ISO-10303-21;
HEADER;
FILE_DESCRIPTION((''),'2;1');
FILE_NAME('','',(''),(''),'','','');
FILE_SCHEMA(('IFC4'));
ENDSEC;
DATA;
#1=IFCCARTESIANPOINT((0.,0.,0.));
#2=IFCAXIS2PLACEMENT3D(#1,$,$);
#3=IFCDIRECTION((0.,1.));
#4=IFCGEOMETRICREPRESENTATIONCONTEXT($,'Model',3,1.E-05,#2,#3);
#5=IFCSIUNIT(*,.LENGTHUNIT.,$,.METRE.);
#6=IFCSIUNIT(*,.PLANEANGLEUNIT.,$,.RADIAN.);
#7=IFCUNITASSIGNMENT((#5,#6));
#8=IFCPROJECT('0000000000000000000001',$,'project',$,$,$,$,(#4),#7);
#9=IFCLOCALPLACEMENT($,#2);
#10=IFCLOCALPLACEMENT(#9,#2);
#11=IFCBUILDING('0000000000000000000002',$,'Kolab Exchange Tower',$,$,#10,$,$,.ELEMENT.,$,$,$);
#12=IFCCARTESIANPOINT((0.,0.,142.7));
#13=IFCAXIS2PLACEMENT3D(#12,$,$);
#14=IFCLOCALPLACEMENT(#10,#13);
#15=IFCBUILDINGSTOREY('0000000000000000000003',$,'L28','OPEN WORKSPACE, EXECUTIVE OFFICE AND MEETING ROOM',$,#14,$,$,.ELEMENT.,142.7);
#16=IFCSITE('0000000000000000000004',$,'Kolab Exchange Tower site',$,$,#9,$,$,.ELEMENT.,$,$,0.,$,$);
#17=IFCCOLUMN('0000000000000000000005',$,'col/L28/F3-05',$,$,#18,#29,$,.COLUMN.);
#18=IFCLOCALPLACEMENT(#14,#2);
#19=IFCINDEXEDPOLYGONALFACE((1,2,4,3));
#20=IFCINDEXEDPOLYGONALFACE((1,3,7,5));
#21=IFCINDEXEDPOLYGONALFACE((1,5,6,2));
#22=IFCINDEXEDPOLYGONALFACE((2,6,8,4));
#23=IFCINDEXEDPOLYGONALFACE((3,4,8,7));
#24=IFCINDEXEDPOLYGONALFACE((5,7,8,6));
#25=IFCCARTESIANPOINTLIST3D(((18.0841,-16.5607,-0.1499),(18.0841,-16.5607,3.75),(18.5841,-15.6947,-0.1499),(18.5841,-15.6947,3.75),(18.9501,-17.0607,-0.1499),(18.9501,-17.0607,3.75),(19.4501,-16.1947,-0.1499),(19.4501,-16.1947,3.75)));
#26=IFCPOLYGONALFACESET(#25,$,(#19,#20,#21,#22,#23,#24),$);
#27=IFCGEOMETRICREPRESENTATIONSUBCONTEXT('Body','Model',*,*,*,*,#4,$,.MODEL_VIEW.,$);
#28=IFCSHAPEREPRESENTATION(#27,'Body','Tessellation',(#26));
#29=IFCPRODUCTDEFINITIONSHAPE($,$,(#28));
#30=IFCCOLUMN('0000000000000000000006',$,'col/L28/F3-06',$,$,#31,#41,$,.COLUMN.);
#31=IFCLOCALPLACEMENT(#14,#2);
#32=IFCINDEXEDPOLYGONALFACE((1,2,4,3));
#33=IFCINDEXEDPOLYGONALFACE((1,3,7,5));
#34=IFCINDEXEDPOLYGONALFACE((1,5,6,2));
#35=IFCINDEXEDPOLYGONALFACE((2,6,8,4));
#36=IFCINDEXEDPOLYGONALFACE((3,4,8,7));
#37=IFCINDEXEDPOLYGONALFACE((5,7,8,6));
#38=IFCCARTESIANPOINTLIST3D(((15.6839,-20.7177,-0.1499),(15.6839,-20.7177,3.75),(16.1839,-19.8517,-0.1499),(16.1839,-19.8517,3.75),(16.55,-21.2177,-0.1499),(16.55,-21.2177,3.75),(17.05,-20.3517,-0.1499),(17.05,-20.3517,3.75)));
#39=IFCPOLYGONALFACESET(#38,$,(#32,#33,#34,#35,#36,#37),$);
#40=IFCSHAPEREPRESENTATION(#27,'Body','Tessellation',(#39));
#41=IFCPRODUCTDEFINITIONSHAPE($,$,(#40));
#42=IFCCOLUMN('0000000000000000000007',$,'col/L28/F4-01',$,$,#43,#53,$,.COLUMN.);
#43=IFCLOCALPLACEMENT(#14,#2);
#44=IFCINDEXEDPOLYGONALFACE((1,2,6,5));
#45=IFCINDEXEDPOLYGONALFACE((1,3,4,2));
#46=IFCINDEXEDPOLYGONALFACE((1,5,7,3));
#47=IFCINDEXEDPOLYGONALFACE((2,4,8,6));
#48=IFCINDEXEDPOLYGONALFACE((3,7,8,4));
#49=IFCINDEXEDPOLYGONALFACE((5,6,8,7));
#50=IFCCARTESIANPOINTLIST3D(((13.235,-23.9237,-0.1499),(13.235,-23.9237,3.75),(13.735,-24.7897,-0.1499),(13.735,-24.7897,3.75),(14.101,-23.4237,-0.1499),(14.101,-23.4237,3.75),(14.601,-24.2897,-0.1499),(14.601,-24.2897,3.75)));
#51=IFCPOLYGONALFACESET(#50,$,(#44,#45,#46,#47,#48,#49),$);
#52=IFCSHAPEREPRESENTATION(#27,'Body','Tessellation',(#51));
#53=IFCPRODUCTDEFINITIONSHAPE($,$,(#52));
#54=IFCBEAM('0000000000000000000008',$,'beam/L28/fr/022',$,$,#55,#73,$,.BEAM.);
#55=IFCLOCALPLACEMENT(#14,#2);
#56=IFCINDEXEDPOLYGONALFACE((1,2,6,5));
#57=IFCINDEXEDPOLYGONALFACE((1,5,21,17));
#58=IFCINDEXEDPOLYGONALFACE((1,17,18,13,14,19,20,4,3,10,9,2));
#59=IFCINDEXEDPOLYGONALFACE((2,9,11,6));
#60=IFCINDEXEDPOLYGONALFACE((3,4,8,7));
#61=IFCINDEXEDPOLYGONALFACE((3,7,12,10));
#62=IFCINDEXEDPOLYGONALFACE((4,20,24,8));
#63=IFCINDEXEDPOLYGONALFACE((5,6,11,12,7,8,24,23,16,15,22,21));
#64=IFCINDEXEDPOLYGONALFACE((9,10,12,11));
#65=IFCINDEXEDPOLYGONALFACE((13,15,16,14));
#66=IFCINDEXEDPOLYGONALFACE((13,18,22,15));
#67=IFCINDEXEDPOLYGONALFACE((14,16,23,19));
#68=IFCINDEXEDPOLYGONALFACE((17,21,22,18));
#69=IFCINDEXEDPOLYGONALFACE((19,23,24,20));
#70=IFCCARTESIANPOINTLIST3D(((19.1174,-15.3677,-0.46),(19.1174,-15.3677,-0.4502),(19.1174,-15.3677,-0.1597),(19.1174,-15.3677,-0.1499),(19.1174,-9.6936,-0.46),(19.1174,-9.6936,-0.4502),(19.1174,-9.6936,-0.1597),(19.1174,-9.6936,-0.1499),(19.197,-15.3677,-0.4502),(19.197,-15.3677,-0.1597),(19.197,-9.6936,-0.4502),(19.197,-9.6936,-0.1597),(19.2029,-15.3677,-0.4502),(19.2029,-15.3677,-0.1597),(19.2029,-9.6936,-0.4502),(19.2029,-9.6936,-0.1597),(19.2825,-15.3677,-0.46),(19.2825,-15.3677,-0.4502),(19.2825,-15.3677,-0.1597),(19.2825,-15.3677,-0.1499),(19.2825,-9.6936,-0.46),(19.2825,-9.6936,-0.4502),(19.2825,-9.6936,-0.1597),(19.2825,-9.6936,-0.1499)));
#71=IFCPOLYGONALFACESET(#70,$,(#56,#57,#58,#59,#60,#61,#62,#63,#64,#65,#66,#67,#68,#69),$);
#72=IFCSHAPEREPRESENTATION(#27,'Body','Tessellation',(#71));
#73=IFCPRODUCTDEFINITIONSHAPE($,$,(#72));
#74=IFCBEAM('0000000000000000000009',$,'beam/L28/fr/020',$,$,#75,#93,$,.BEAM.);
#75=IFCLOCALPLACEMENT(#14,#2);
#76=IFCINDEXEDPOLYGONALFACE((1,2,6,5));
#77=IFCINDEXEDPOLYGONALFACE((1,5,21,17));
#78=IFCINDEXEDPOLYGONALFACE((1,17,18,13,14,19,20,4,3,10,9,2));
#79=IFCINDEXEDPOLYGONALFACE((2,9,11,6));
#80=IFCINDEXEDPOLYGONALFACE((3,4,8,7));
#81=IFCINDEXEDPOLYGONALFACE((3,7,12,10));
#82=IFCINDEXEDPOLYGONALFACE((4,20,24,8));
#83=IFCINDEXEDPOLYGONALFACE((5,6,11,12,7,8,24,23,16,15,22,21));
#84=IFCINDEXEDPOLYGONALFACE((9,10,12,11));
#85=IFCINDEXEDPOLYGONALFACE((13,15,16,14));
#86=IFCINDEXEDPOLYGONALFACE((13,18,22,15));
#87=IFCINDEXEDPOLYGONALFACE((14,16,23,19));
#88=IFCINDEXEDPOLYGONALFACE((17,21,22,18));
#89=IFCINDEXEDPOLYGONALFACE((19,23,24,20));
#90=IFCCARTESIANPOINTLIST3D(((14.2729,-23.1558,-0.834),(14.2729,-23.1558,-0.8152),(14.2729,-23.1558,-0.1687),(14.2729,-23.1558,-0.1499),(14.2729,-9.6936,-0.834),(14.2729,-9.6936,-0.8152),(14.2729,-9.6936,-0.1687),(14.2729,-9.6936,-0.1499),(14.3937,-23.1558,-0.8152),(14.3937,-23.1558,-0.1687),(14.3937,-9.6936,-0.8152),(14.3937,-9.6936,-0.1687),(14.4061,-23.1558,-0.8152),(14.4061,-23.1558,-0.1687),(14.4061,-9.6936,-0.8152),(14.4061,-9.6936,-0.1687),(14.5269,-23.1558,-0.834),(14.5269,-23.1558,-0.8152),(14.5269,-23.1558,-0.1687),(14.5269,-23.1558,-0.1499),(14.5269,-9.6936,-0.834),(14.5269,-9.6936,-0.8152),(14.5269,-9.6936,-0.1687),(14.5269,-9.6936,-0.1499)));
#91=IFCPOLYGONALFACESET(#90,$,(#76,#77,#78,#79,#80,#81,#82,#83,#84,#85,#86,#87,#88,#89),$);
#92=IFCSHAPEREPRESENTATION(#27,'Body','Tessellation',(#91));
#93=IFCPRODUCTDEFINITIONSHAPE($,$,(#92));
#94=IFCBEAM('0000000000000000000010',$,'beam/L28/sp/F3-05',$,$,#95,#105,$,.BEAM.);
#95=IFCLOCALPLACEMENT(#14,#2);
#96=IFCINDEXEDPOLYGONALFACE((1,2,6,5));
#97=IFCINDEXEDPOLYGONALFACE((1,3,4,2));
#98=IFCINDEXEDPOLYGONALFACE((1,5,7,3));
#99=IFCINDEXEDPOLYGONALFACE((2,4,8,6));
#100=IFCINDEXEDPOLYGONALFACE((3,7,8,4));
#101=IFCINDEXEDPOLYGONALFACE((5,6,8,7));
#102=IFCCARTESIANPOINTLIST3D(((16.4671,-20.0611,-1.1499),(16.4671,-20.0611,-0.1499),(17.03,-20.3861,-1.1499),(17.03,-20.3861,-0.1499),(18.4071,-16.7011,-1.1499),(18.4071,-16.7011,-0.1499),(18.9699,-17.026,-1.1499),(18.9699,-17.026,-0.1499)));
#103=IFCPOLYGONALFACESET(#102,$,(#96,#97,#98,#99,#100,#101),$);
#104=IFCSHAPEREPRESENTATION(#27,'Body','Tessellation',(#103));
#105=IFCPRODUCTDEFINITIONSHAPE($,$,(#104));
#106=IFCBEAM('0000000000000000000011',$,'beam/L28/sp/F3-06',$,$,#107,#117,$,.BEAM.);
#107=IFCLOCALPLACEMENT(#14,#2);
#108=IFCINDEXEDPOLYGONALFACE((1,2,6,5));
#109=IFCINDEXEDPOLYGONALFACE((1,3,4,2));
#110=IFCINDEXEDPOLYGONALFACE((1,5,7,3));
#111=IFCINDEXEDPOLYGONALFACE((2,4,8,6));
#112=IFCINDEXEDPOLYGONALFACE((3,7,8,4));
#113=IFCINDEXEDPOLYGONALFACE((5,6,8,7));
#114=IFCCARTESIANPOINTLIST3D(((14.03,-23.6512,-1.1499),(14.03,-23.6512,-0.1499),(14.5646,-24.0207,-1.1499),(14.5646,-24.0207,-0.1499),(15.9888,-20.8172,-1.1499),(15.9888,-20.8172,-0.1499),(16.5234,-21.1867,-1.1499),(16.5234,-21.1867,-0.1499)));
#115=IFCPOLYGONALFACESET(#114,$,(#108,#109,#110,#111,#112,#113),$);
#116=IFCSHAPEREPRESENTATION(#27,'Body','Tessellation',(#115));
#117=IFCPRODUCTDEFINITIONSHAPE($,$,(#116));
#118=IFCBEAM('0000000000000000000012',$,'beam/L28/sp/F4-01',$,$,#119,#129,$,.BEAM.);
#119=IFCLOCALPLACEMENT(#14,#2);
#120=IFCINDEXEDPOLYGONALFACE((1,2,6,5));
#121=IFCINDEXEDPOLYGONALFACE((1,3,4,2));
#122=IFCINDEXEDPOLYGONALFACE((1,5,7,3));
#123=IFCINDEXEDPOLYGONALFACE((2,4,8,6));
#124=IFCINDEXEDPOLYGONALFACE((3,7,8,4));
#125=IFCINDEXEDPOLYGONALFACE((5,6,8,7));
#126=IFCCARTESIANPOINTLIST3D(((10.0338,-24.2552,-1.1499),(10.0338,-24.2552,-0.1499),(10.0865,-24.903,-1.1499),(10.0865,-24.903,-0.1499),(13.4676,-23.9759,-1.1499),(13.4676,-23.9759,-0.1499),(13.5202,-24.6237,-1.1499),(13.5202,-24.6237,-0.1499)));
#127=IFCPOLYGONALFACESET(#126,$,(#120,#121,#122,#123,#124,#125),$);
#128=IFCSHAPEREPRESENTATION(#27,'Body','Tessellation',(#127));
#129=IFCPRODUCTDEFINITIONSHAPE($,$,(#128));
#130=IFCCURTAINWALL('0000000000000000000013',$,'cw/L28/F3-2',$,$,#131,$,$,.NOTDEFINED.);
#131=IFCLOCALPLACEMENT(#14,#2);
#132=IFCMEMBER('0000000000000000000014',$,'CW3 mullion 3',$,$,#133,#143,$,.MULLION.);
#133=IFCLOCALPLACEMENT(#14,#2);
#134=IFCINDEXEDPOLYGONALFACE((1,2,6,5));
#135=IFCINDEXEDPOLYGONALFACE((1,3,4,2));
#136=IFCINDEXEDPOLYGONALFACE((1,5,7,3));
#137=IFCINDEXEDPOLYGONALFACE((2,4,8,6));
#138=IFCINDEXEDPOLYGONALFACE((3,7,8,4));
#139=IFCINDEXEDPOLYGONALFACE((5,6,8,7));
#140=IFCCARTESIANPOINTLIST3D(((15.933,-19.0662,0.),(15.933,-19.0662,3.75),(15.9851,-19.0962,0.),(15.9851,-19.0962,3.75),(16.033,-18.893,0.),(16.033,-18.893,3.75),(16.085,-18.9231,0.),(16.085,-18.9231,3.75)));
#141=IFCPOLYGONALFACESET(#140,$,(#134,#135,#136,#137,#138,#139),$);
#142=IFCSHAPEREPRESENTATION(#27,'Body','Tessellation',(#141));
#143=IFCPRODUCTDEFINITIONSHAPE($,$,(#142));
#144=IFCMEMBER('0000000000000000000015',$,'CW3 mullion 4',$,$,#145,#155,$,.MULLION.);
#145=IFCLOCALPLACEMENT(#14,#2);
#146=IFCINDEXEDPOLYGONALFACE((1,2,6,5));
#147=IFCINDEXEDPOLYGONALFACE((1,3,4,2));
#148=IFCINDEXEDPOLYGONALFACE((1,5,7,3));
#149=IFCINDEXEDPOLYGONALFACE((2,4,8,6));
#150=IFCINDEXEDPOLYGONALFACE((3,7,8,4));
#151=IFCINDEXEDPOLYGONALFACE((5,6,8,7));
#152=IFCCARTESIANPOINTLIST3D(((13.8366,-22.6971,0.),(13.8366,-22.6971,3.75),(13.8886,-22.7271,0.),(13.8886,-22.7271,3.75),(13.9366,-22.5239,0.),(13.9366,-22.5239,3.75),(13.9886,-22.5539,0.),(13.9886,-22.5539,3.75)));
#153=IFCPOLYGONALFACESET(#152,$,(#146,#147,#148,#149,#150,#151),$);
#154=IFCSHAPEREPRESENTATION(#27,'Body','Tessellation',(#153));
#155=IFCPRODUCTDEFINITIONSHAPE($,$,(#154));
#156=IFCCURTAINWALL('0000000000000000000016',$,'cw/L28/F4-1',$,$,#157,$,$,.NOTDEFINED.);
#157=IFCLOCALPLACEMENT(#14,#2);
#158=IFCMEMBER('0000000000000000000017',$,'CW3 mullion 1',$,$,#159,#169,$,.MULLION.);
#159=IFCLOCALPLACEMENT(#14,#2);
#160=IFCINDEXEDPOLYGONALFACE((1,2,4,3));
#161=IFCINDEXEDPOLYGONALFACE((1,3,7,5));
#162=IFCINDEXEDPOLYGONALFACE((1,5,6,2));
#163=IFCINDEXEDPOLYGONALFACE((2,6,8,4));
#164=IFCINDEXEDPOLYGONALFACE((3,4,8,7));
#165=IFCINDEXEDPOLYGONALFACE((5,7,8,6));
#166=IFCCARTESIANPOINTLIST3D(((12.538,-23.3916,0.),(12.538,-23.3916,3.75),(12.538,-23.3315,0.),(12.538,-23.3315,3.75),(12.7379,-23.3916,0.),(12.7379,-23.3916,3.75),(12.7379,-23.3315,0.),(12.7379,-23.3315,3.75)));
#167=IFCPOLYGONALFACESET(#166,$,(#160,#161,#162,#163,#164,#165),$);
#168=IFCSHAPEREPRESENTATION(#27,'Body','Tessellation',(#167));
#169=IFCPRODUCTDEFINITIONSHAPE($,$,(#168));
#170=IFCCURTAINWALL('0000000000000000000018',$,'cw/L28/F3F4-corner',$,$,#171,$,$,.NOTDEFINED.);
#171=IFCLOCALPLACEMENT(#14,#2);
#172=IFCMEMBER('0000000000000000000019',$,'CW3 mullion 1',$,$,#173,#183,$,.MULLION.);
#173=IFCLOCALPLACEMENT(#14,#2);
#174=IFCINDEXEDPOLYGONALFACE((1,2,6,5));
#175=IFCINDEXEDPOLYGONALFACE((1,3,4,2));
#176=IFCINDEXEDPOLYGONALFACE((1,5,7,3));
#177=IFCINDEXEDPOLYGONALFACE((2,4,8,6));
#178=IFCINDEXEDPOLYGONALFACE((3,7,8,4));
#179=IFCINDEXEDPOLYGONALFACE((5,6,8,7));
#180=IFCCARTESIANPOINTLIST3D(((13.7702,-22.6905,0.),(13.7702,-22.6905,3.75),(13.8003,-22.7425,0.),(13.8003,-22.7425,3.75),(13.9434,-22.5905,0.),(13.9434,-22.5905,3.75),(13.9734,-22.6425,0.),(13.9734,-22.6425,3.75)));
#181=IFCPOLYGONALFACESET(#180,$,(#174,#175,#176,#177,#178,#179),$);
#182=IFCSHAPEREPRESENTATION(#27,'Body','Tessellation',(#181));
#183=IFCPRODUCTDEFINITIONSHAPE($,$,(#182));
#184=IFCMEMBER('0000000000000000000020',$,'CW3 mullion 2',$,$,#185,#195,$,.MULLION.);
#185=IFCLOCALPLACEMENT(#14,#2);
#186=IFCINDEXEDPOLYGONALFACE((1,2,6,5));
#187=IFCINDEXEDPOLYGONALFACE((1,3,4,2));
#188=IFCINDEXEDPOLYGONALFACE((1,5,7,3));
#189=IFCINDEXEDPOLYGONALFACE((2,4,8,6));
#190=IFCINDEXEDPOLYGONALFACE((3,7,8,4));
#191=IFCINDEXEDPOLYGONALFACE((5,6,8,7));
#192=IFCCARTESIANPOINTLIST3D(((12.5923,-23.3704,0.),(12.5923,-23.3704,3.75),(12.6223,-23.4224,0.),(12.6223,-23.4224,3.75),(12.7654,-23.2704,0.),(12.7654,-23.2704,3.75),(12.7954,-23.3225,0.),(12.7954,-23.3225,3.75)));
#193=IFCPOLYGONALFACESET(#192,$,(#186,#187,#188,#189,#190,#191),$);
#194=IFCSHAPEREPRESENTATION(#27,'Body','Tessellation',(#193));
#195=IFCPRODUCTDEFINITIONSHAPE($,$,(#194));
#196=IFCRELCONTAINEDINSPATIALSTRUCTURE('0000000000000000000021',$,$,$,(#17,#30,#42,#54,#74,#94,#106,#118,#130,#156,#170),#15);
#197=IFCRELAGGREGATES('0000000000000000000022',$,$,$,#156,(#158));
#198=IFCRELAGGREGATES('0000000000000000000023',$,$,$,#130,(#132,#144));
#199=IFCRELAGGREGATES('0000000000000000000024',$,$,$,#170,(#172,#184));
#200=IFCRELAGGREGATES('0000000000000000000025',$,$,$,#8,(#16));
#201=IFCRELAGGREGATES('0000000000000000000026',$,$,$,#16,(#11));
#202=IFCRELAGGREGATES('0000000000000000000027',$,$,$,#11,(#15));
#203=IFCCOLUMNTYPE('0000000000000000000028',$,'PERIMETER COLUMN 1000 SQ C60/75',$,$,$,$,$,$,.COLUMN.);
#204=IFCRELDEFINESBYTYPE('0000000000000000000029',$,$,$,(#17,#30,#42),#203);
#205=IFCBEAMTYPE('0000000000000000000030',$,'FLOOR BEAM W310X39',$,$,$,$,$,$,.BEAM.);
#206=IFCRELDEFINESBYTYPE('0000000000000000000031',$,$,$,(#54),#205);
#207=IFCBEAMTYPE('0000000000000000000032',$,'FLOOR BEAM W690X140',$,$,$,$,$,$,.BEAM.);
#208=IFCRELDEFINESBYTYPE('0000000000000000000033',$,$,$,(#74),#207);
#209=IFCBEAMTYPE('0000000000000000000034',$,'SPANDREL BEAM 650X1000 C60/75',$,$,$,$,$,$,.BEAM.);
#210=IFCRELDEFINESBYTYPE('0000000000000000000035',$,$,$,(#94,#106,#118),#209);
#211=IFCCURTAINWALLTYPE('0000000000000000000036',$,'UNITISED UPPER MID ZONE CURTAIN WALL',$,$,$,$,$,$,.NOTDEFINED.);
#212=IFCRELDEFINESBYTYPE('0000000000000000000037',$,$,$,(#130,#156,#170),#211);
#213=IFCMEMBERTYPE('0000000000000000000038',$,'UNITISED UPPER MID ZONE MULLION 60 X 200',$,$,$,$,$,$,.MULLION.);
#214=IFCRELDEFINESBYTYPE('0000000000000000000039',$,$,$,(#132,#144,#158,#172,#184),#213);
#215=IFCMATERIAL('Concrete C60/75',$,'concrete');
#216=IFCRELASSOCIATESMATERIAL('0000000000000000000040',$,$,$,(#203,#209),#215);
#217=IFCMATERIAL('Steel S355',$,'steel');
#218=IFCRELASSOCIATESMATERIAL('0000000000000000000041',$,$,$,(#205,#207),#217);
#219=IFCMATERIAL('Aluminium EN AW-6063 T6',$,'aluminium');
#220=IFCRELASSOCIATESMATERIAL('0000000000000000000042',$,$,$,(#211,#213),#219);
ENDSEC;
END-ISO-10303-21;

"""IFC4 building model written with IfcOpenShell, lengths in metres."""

from ifc_helpers import new_model, si_unit, direction, frame, origin, origin_2d, place, context, subcontext, project, spatial, rectangle, i_section, extrude, material, material_profile, profile_set, type_object, element, aggregate, save


model = new_model("IFC4")

# Units and contexts
model_context = context("Model", 3, precision=1e-05, world=origin(), true_north=direction((0.0, 1.0)))
body_context = subcontext(model_context, "Body", "Model", "MODEL_VIEW")
ifc_project = project(units=[si_unit("LENGTHUNIT", "METRE"), si_unit("PLANEANGLEUNIT", "RADIAN")], contexts=[model_context])

# Site, building, storey
site_placement = place(None, origin())
site = spatial("IfcSite", under=ifc_project, at=site_placement, Name="Kolab Exchange Tower site", CompositionType="ELEMENT", RefElevation=0.0)
building_placement = place(site_placement, origin())
building = spatial("IfcBuilding", under=site, at=building_placement, Name="Kolab Exchange Tower", CompositionType="ELEMENT")
storey_placement = place(building_placement, frame((0.0, 0.0, 142.7)))
storey = spatial("IfcBuildingStorey", under=building, at=storey_placement, Name="L28", Description="OPEN WORKSPACE, EXECUTIVE OFFICE AND MEETING ROOM", CompositionType="ELEMENT", Elevation=142.7)

# Columns
ifc_material_1 = material(Name="Concrete C60/75", Category="concrete")
ifc_material_profile_1 = material_profile(ifc_material_1, rectangle(XDim=1.0, YDim=1.0, at=origin_2d()), Name="RC1000")
ifc_profile_set_1 = profile_set([ifc_material_profile_1], Name="Concrete C60/75")
column_type = type_object("IfcColumnType", Name="PERIMETER COLUMN 1000 SQ C60/75", PredefinedType="COLUMN", material=ifc_profile_set_1)
for number, where, z_axis, x_axis, name in (
    (1, (18.7671, -16.3777, -0.1499), (0.0, 0.0, 1.0), (0.5, 0.866025, 0.0), "col/L28/F3-05"),
    (2, (16.3669, -20.5347, -0.1499), (0.0, 0.0, 1.0), (0.5, 0.866025, 0.0), "col/L28/F3-06"),
    (3, (13.918, -24.1067, -0.1499), (0.0, 0.0, 1.0), (0.866025, 0.5, 0.0), "col/L28/F4-01"),
):
    element("IfcColumn", number, at=place(storey_placement, frame(where, z_axis=z_axis, x_axis=x_axis)), inside=storey, type_object=column_type, Name=name, PredefinedType="COLUMN", context=body_context, shape_type="SweptSolid", body=[
        extrude(rectangle(XDim=1.0, YDim=1.0, at=origin_2d()), origin(), (0.0, 0.0, 1.0), 3.8999),
    ])

# Beams
ifc_material_2 = material(Name="Steel S355", Category="steel")
ifc_material_profile_2 = material_profile(ifc_material_2, i_section(OverallWidth=0.165, OverallDepth=0.3101, WebThickness=0.0059, FlangeThickness=0.0098, at=origin_2d()), Name="W310X39")
ifc_profile_set_2 = profile_set([ifc_material_profile_2], Name="Steel S355")
beam_type_1 = type_object("IfcBeamType", Name="FLOOR BEAM W310X39", PredefinedType="BEAM", material=ifc_profile_set_2)
beam_1_placement = place(storey_placement, frame((19.2, -15.3677, -0.3049), z_axis=(0.0, 1.0, 0.0), x_axis=(-1.0, 0.0, 0.0)))
element("IfcBeam", 4, at=beam_1_placement, inside=storey, type_object=beam_type_1, Name="beam/L28/fr/022", PredefinedType="BEAM", context=body_context, shape_type="SweptSolid", body=[
    extrude(i_section(OverallWidth=0.165, OverallDepth=0.3101, WebThickness=0.0059, FlangeThickness=0.0098, at=origin_2d()), origin(), (0.0, 0.0, 1.0), 5.6741),
])
ifc_material_profile_3 = material_profile(ifc_material_2, i_section(OverallWidth=0.2539, OverallDepth=0.6841, WebThickness=0.0125, FlangeThickness=0.0188, at=origin_2d()), Name="W690X140")
ifc_profile_set_3 = profile_set([ifc_material_profile_3], Name="Steel S355")
beam_type_2 = type_object("IfcBeamType", Name="FLOOR BEAM W690X140", PredefinedType="BEAM", material=ifc_profile_set_3)
beam_2_placement = place(storey_placement, frame((14.3999, -23.1558, -0.4919), z_axis=(0.0, 1.0, 0.0), x_axis=(-1.0, 0.0, 0.0)))
element("IfcBeam", 5, at=beam_2_placement, inside=storey, type_object=beam_type_2, Name="beam/L28/fr/020", PredefinedType="BEAM", context=body_context, shape_type="SweptSolid", body=[
    extrude(i_section(OverallWidth=0.2539, OverallDepth=0.6841, WebThickness=0.0125, FlangeThickness=0.0188, at=origin_2d()), origin(), (0.0, 0.0, 1.0), 13.4622),
])
ifc_material_profile_4 = material_profile(ifc_material_1, rectangle(XDim=0.6499, YDim=1.0, at=origin_2d()), Name="RC650X1000")
ifc_profile_set_4 = profile_set([ifc_material_profile_4], Name="Concrete C60/75")
beam_type_3 = type_object("IfcBeamType", Name="SPANDREL BEAM 650X1000 C60/75", PredefinedType="BEAM", material=ifc_profile_set_4)
beam_3_placement = place(storey_placement, frame((18.6885, -16.8635, -0.6499), z_axis=(-0.499997, -0.866027, 0.0), x_axis=(0.866027, -0.499997, 0.0)))
element("IfcBeam", 6, at=beam_3_placement, inside=storey, type_object=beam_type_3, Name="beam/L28/sp/F3-05", PredefinedType="BEAM", context=body_context, shape_type="SweptSolid", body=[
    extrude(rectangle(XDim=0.6499, YDim=1.0, at=origin_2d()), origin(), (0.0, 0.0, 1.0), 3.8799),
])
for number, where, z_axis, x_axis, name in (
    (7, (16.2561, -21.002, -0.6499), (-0.568572, -0.822633, 0.0), (0.822633, -0.568572, 0.0), "beam/L28/sp/F3-06"),
    (8, (13.4939, -24.2998, -0.6499), (-0.996708, -0.081069, 0.0), (0.081069, -0.996708, 0.0), "beam/L28/sp/F4-01"),
):
    element("IfcBeam", number, at=place(storey_placement, frame(where, z_axis=z_axis, x_axis=x_axis)), inside=storey, type_object=beam_type_3, Name=name, PredefinedType="BEAM", context=body_context, shape_type="SweptSolid", body=[
        extrude(rectangle(XDim=0.6499, YDim=1.0, at=origin_2d()), origin(), (0.0, 0.0, 1.0), 3.4451),
    ])

# Curtain wall, members
ifc_material_3 = material(Name="Aluminium EN AW-6063 T6", Category="aluminium")
curtain_wall_type = type_object("IfcCurtainWallType", Name="UNITISED UPPER MID ZONE CURTAIN WALL", PredefinedType="NOTDEFINED", material=ifc_material_3)
curtain_wall_1_placement = place(storey_placement, origin())
curtain_wall_1 = element("IfcCurtainWall", 9, at=curtain_wall_1_placement, inside=storey, type_object=curtain_wall_type, Name="cw/L28/F3-2", PredefinedType="NOTDEFINED")
ifc_material_profile_5 = material_profile(ifc_material_3, rectangle(XDim=0.0601, YDim=0.2, at=origin_2d()), Name="RECT 60X200")
ifc_profile_set_5 = profile_set([ifc_material_profile_5], Name="Aluminium EN AW-6063 T6")
member_type_1 = type_object("IfcMemberType", Name="UNITISED UPPER MID ZONE MULLION 60 X 200", PredefinedType="MULLION", material=ifc_profile_set_5)
member_1_placement = place(storey_placement, frame((16.009, -18.9946, 0.0), z_axis=(0.0, 0.0, 1.0), x_axis=(0.866025, -0.5, 0.0)))
member_1 = element("IfcMember", 10, at=member_1_placement, type_object=member_type_1, Name="CW3 mullion 3", PredefinedType="MULLION", context=body_context, shape_type="SweptSolid", body=[
    extrude(rectangle(XDim=0.0601, YDim=0.2, at=origin_2d()), origin(), (0.0, 0.0, 1.0), 3.75),
])
member_2_placement = place(storey_placement, frame((13.9126, -22.6255, 0.0), z_axis=(0.0, 0.0, 1.0), x_axis=(0.866025, -0.5, 0.0)))
member_2 = element("IfcMember", 11, at=member_2_placement, type_object=member_type_1, Name="CW3 mullion 4", PredefinedType="MULLION", context=body_context, shape_type="SweptSolid", body=[
    extrude(rectangle(XDim=0.0601, YDim=0.2, at=origin_2d()), origin(), (0.0, 0.0, 1.0), 3.75),
])

# Curtain wall, member
curtain_wall_2_placement = place(storey_placement, origin())
curtain_wall_2 = element("IfcCurtainWall", 12, at=curtain_wall_2_placement, inside=storey, type_object=curtain_wall_type, Name="cw/L28/F4-1", PredefinedType="NOTDEFINED")
member_3_placement = place(storey_placement, frame((12.6379, -23.3616, 0.0), z_axis=(0.0, 0.0, 1.0), x_axis=(0.0, -1.0, 0.0)))
member_3 = element("IfcMember", 13, at=member_3_placement, type_object=member_type_1, Name="CW3 mullion 1", PredefinedType="MULLION", context=body_context, shape_type="SweptSolid", body=[
    extrude(rectangle(XDim=0.0601, YDim=0.2, at=origin_2d()), origin(), (0.0, 0.0, 1.0), 3.75),
])

# Curtain wall, members
curtain_wall_3_placement = place(storey_placement, origin())
curtain_wall_3 = element("IfcCurtainWall", 14, at=curtain_wall_3_placement, inside=storey, type_object=curtain_wall_type, Name="cw/L28/F3F4-corner", PredefinedType="NOTDEFINED")
member_4_placement = place(storey_placement, frame((13.8718, -22.6665, 0.0), z_axis=(0.0, 0.0, 1.0), x_axis=(0.5, -0.866025, 0.0)))
member_4 = element("IfcMember", 15, at=member_4_placement, type_object=member_type_1, Name="CW3 mullion 1", PredefinedType="MULLION", context=body_context, shape_type="SweptSolid", body=[
    extrude(rectangle(XDim=0.0601, YDim=0.2, at=origin_2d()), origin(), (0.0, 0.0, 1.0), 3.75),
])
member_5_placement = place(storey_placement, frame((12.6938, -23.3464, 0.0), z_axis=(0.0, 0.0, 1.0), x_axis=(0.5, -0.866025, 0.0)))
member_5 = element("IfcMember", 16, at=member_5_placement, type_object=member_type_1, Name="CW3 mullion 2", PredefinedType="MULLION", context=body_context, shape_type="SweptSolid", body=[
    extrude(rectangle(XDim=0.0601, YDim=0.2, at=origin_2d()), origin(), (0.0, 0.0, 1.0), 3.75),
])

aggregate(curtain_wall_2, [member_3])

aggregate(curtain_wall_1, [member_1, member_2])
aggregate(curtain_wall_3, [member_4, member_5])

save(model, "model.ifc")
